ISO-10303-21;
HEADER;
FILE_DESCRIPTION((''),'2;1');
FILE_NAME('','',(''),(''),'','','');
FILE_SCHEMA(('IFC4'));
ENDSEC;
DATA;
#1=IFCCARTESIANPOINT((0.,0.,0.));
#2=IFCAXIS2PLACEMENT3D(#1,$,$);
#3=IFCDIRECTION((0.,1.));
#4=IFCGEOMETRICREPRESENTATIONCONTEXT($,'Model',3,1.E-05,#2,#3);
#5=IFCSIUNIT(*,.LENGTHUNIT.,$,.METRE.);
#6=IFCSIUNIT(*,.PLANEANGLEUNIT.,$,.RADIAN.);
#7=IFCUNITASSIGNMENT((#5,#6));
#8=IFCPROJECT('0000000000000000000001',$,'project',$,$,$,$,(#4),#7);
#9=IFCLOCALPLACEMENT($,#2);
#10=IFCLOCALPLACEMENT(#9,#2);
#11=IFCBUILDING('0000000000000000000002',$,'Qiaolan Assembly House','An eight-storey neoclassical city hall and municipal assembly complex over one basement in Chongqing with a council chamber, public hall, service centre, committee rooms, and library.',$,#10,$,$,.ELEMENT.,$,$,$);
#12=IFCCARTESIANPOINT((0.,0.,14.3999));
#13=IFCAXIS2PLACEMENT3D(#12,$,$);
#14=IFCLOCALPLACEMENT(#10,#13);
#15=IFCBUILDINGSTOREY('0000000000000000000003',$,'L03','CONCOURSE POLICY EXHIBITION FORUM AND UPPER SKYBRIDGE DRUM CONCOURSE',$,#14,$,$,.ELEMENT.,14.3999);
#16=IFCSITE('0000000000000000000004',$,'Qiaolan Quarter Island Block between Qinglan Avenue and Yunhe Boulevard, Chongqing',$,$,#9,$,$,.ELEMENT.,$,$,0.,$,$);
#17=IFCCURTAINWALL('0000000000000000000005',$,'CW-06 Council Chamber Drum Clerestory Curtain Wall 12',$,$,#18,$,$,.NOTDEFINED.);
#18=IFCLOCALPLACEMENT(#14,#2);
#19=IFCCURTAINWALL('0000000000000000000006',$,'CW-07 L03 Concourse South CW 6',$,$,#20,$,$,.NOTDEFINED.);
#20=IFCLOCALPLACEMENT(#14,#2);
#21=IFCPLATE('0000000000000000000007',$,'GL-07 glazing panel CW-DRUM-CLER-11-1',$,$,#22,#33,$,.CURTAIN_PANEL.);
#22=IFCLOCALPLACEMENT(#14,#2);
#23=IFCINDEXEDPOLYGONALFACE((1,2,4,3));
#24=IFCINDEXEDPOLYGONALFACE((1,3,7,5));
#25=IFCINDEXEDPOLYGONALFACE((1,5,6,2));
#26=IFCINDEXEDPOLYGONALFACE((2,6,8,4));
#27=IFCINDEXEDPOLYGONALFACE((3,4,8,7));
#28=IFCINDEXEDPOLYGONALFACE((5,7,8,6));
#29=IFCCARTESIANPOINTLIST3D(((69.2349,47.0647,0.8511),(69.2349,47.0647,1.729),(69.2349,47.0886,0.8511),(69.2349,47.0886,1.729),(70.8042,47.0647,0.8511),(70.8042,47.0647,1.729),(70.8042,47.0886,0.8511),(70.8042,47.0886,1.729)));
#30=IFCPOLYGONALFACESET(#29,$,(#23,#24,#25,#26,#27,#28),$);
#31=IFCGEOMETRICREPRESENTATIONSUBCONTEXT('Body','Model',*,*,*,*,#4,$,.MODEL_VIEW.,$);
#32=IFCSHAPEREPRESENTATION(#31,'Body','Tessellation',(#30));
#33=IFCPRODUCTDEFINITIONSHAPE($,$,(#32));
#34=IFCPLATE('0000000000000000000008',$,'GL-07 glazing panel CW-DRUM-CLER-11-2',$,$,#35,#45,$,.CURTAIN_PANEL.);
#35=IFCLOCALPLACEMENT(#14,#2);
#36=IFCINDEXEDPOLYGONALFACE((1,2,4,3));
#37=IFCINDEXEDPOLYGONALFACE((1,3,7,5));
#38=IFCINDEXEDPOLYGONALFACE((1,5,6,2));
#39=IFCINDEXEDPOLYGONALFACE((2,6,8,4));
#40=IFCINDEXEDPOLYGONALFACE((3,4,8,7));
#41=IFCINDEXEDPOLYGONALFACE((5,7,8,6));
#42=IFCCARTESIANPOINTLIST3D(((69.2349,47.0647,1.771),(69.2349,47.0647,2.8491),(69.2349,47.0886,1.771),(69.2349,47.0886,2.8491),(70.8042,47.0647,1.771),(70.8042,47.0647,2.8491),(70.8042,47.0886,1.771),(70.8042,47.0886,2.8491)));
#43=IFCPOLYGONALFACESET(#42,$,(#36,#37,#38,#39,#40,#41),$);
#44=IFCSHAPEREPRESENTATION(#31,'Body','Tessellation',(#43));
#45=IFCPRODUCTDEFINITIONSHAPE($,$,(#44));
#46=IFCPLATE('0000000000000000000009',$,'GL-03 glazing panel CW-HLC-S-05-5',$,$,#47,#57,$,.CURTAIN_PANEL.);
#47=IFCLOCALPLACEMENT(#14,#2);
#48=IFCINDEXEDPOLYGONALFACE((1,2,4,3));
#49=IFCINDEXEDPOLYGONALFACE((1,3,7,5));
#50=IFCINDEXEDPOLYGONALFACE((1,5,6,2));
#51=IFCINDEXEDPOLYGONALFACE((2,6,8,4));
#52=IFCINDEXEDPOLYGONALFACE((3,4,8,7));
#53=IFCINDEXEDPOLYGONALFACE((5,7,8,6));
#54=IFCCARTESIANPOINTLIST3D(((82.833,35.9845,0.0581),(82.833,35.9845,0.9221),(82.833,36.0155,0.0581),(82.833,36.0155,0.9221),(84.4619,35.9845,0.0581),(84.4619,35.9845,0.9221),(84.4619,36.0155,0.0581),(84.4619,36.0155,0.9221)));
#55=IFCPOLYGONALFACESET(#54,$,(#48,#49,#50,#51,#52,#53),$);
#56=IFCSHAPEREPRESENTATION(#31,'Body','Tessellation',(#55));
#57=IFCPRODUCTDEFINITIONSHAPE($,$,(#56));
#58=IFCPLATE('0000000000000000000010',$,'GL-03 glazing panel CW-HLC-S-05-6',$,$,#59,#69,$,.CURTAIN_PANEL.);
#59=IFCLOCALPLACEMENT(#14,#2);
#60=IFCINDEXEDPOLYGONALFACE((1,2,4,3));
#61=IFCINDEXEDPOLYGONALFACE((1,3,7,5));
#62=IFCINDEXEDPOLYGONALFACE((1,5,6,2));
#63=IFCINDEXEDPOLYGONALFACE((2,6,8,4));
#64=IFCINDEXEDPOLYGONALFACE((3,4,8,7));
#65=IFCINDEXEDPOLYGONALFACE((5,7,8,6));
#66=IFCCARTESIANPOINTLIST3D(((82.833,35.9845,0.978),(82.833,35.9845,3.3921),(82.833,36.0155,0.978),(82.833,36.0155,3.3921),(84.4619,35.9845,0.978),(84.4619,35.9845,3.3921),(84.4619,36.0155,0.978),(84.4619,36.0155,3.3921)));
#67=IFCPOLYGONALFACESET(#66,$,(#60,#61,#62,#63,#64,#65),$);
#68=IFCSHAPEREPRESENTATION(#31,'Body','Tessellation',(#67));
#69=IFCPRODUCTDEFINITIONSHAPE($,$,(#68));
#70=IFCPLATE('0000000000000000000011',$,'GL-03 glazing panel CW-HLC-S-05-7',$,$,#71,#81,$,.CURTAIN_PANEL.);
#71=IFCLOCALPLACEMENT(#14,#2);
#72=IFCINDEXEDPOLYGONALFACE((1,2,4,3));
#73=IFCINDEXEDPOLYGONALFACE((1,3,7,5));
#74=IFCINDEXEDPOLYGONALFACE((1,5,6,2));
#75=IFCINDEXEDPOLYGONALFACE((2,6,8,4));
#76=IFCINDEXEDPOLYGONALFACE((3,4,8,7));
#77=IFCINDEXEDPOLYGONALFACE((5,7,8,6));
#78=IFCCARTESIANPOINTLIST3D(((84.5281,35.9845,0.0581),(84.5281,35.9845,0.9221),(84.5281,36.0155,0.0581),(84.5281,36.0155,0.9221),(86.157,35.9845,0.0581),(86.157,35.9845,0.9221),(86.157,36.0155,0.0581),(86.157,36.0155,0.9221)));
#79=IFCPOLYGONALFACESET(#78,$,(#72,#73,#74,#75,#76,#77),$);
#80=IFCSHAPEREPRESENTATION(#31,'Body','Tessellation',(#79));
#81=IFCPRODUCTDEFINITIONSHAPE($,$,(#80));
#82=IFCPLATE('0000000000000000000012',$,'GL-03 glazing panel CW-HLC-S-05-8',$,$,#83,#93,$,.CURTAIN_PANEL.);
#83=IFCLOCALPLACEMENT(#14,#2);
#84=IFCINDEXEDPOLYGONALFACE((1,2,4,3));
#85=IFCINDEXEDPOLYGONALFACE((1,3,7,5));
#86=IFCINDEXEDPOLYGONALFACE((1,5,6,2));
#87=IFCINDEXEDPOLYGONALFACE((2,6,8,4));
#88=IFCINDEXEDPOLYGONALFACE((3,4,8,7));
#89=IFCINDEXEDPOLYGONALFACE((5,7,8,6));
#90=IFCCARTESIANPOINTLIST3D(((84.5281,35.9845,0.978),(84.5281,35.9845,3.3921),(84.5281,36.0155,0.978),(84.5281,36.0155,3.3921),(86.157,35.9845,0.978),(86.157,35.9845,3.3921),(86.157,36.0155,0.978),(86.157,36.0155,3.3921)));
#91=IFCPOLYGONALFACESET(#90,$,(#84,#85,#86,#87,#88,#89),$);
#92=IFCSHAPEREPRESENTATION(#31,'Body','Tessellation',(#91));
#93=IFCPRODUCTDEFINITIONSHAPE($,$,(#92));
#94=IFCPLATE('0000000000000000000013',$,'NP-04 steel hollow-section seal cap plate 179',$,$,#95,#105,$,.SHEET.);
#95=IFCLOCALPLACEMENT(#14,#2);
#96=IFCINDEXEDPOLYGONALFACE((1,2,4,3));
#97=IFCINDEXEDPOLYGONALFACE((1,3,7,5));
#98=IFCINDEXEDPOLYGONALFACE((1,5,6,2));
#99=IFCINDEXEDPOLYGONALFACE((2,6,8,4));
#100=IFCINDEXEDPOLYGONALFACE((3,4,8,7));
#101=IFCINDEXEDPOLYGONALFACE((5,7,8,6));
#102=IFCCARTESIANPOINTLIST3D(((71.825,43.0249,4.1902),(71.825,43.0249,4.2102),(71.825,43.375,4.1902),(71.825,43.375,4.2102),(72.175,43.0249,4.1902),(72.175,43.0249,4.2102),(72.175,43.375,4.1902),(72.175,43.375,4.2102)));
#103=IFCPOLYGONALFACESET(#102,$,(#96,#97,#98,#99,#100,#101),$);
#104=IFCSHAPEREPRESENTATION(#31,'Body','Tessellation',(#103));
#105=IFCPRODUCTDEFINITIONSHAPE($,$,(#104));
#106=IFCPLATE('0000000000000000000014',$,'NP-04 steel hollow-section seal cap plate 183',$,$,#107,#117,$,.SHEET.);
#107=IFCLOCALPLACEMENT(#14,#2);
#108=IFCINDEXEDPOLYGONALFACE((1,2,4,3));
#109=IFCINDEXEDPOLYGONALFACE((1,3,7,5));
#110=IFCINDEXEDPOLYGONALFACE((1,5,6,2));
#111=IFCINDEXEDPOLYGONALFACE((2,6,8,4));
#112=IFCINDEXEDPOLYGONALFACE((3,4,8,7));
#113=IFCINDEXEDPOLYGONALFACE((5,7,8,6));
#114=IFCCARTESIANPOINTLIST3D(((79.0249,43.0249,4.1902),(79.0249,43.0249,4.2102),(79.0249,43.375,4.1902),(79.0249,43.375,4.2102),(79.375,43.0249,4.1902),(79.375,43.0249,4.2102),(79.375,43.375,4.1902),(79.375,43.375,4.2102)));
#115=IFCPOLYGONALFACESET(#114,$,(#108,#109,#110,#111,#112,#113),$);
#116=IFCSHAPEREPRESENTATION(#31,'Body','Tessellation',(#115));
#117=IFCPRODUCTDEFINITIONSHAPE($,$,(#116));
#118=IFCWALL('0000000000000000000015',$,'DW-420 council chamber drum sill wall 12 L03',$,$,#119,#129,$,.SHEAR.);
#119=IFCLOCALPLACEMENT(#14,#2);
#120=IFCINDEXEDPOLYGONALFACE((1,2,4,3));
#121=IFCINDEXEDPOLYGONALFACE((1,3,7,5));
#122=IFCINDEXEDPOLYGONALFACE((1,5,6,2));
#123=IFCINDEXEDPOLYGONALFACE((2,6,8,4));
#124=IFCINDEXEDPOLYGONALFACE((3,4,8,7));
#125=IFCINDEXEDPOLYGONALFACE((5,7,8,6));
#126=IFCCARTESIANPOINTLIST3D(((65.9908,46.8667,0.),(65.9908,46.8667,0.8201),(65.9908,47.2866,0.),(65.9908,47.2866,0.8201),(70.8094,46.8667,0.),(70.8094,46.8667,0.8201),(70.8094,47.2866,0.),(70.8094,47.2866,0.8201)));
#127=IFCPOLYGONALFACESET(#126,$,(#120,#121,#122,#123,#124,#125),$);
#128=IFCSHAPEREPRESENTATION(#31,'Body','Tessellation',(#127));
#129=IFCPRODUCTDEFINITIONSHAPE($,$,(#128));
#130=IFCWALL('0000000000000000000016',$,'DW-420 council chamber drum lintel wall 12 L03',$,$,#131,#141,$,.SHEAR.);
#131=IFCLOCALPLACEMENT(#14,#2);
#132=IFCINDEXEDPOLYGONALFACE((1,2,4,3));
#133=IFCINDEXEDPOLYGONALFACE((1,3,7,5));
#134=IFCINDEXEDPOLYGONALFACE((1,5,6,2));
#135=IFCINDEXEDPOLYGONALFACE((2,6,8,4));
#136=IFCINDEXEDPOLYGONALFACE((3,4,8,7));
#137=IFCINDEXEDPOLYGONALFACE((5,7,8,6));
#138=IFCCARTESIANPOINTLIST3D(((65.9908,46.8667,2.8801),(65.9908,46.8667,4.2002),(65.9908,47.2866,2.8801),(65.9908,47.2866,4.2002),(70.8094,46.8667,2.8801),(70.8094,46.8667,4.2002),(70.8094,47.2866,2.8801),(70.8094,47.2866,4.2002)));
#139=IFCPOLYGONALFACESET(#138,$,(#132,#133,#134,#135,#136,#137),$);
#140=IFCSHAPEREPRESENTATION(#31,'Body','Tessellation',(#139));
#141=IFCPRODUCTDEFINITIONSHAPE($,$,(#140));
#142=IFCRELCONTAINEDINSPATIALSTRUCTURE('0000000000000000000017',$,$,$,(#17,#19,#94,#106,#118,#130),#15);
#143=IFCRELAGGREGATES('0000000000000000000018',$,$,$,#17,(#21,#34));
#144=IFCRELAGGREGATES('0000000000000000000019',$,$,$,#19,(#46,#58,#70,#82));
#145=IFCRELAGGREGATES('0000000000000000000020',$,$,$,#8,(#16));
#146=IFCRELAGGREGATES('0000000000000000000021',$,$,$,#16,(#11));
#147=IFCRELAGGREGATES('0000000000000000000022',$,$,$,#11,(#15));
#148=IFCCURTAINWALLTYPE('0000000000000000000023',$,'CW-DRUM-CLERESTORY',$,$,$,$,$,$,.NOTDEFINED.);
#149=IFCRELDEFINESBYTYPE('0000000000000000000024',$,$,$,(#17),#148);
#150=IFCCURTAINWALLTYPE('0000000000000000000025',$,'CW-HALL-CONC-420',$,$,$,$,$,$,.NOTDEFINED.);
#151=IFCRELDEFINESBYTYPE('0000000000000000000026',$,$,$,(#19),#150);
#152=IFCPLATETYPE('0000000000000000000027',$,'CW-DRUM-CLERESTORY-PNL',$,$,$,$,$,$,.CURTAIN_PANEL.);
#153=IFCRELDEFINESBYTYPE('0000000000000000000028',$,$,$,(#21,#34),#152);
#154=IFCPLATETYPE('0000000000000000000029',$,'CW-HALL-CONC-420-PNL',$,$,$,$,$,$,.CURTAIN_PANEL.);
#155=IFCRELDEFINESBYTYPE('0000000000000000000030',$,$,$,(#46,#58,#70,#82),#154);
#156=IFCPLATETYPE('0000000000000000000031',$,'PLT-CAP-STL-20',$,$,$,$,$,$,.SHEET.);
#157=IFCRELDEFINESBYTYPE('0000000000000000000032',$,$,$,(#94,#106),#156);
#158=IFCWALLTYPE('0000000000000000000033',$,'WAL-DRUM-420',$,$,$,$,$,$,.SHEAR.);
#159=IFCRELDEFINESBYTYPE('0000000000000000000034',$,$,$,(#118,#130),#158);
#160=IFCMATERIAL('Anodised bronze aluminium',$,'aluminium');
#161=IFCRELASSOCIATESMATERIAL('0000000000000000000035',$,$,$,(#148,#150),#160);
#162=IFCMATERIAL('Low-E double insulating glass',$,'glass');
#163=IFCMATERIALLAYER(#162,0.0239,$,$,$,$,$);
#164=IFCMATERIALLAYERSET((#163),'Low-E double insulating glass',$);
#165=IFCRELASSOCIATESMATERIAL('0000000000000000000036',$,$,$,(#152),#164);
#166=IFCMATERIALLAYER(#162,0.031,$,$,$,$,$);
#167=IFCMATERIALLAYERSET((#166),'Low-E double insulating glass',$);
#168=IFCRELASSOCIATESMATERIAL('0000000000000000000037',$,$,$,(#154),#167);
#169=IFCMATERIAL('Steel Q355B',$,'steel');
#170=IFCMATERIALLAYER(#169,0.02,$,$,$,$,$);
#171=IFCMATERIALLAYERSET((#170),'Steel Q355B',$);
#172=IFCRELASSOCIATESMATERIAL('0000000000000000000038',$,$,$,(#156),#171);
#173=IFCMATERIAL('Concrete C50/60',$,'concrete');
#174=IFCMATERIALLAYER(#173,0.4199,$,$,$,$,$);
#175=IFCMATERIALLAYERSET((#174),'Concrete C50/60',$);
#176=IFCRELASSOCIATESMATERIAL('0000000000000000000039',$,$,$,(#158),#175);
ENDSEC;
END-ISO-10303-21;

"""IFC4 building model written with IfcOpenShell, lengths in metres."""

from ifc_helpers import new_model, si_unit, direction, frame, frame_2d, origin, origin_2d, place, context, subcontext, project, spatial, rectangle, extrude, material, layer, layer_set, type_object, element, aggregate, save


model = new_model("IFC4")

# Units and contexts
model_context = context("Model", 3, precision=1e-05, world=origin(), true_north=direction((0.0, 1.0)))
body_context = subcontext(model_context, "Body", "Model", "MODEL_VIEW")
ifc_project = project(units=[si_unit("LENGTHUNIT", "METRE"), si_unit("PLANEANGLEUNIT", "RADIAN")], contexts=[model_context])

# Site, building, storey
site_placement = place(None, origin())
site = spatial("IfcSite", under=ifc_project, at=site_placement, Name="Qiaolan Quarter Island Block between Qinglan Avenue and Yunhe Boulevard, Chongqing", CompositionType="ELEMENT", RefElevation=0.0)
building_placement = place(site_placement, origin())
building = spatial("IfcBuilding", under=site, at=building_placement, Name="Qiaolan Assembly House", Description="An eight-storey neoclassical city hall and municipal assembly complex over one basement in Chongqing with a council chamber, public hall, service centre, committee rooms, and library.", CompositionType="ELEMENT")
storey_placement = place(building_placement, frame((0.0, 0.0, 14.3999)))
storey = spatial("IfcBuildingStorey", under=building, at=storey_placement, Name="L03", Description="CONCOURSE POLICY EXHIBITION FORUM AND UPPER SKYBRIDGE DRUM CONCOURSE", CompositionType="ELEMENT", Elevation=14.3999)

# Shared definitions
ifc_material_1 = material(Name="Steel Q355B", Category="steel")

# Curtain walls
ifc_material_2 = material(Name="Anodised bronze aluminium", Category="aluminium")
curtain_wall_type_1 = type_object("IfcCurtainWallType", Name="CW-DRUM-CLERESTORY", PredefinedType="NOTDEFINED", material=ifc_material_2)
curtain_wall_1_placement = place(storey_placement, origin())
curtain_wall_1 = element("IfcCurtainWall", 1, at=curtain_wall_1_placement, inside=storey, type_object=curtain_wall_type_1, Name="CW-06 Council Chamber Drum Clerestory Curtain Wall 12", PredefinedType="NOTDEFINED")
curtain_wall_type_2 = type_object("IfcCurtainWallType", Name="CW-HALL-CONC-420", PredefinedType="NOTDEFINED", material=ifc_material_2)
curtain_wall_2_placement = place(storey_placement, origin())
curtain_wall_2 = element("IfcCurtainWall", 2, at=curtain_wall_2_placement, inside=storey, type_object=curtain_wall_type_2, Name="CW-07 L03 Concourse South CW 6", PredefinedType="NOTDEFINED")

# Plates
ifc_material_3 = material(Name="Low-E double insulating glass", Category="glass")
ifc_layer_1 = layer(ifc_material_3, 0.0239)
ifc_layer_set_1 = layer_set([ifc_layer_1], Name="Low-E double insulating glass")
plate_type_1 = type_object("IfcPlateType", Name="CW-DRUM-CLERESTORY-PNL", PredefinedType="CURTAIN_PANEL", material=ifc_layer_set_1)
plate_1_placement = place(storey_placement, frame((70.8042, 47.0767, 0.8511), z_axis=(0.0, 0.0, 1.0), x_axis=(-1.0, 0.0, 0.0)))
plate_1 = element("IfcPlate", 3, at=plate_1_placement, type_object=plate_type_1, Name="GL-07 glazing panel CW-DRUM-CLER-11-1", PredefinedType="CURTAIN_PANEL", context=body_context, shape_type="SweptSolid", body=[
    extrude(rectangle(XDim=1.5693, YDim=0.0239, at=frame_2d((0.7847, 0.0))), origin(), (0.0, 0.0, 1.0), 0.8779),
])
plate_2_placement = place(storey_placement, frame((70.8042, 47.0767, 1.771), z_axis=(0.0, 0.0, 1.0), x_axis=(-1.0, 0.0, 0.0)))
plate_2 = element("IfcPlate", 4, at=plate_2_placement, type_object=plate_type_1, Name="GL-07 glazing panel CW-DRUM-CLER-11-2", PredefinedType="CURTAIN_PANEL", context=body_context, shape_type="SweptSolid", body=[
    extrude(rectangle(XDim=1.5693, YDim=0.0239, at=frame_2d((0.7847, 0.0))), origin(), (0.0, 0.0, 1.0), 1.0781),
])
aggregate(curtain_wall_1, [plate_1, plate_2])
ifc_layer_2 = layer(ifc_material_3, 0.031)
ifc_layer_set_2 = layer_set([ifc_layer_2], Name="Low-E double insulating glass")
plate_type_2 = type_object("IfcPlateType", Name="CW-HALL-CONC-420-PNL", PredefinedType="CURTAIN_PANEL", material=ifc_layer_set_2)
plate_3_placement = place(storey_placement, frame((82.833, 36.0, 0.0581), z_axis=(0.0, 0.0, 1.0), x_axis=(1.0, 0.0, 0.0)))
plate_3 = element("IfcPlate", 5, at=plate_3_placement, type_object=plate_type_2, Name="GL-03 glazing panel CW-HLC-S-05-5", PredefinedType="CURTAIN_PANEL", context=body_context, shape_type="SweptSolid", body=[
    extrude(rectangle(XDim=1.6289, YDim=0.031, at=frame_2d((0.8145, 0.0))), origin(), (0.0, 0.0, 1.0), 0.864),
])
plate_4_placement = place(storey_placement, frame((82.833, 36.0, 0.978), z_axis=(0.0, 0.0, 1.0), x_axis=(1.0, 0.0, 0.0)))
plate_4 = element("IfcPlate", 6, at=plate_4_placement, type_object=plate_type_2, Name="GL-03 glazing panel CW-HLC-S-05-6", PredefinedType="CURTAIN_PANEL", context=body_context, shape_type="SweptSolid", body=[
    extrude(rectangle(XDim=1.6289, YDim=0.031, at=frame_2d((0.8145, 0.0))), origin(), (0.0, 0.0, 1.0), 2.4141),
])
plate_5_placement = place(storey_placement, frame((84.5281, 36.0, 0.0581), z_axis=(0.0, 0.0, 1.0), x_axis=(1.0, 0.0, 0.0)))
plate_5 = element("IfcPlate", 7, at=plate_5_placement, type_object=plate_type_2, Name="GL-03 glazing panel CW-HLC-S-05-7", PredefinedType="CURTAIN_PANEL", context=body_context, shape_type="SweptSolid", body=[
    extrude(rectangle(XDim=1.6289, YDim=0.031, at=frame_2d((0.8145, 0.0))), origin(), (0.0, 0.0, 1.0), 0.864),
])
plate_6_placement = place(storey_placement, frame((84.5281, 36.0, 0.978), z_axis=(0.0, 0.0, 1.0), x_axis=(1.0, 0.0, 0.0)))
plate_6 = element("IfcPlate", 8, at=plate_6_placement, type_object=plate_type_2, Name="GL-03 glazing panel CW-HLC-S-05-8", PredefinedType="CURTAIN_PANEL", context=body_context, shape_type="SweptSolid", body=[
    extrude(rectangle(XDim=1.6289, YDim=0.031, at=frame_2d((0.8145, 0.0))), origin(), (0.0, 0.0, 1.0), 2.4141),
])
aggregate(curtain_wall_2, [plate_3, plate_4, plate_5, plate_6])

# Plates
ifc_layer_3 = layer(ifc_material_1, 0.02)
ifc_layer_set_3 = layer_set([ifc_layer_3], Name="Steel Q355B")
plate_type_3 = type_object("IfcPlateType", Name="PLT-CAP-STL-20", PredefinedType="SHEET", material=ifc_layer_set_3)
for number, where, z_axis, x_axis, name in (
    (9, (72.0, 43.2, 4.1902), (0.0, 0.0, 1.0), (1.0, 0.0, 0.0), "NP-04 steel hollow-section seal cap plate 179"),
    (10, (79.2, 43.2, 4.1902), (0.0, 0.0, 1.0), (1.0, 0.0, 0.0), "NP-04 steel hollow-section seal cap plate 183"),
):
    element("IfcPlate", number, at=place(storey_placement, frame(where, z_axis=z_axis, x_axis=x_axis)), inside=storey, type_object=plate_type_3, Name=name, PredefinedType="SHEET", context=body_context, shape_type="SweptSolid", body=[
        extrude(rectangle(XDim=0.3501, YDim=0.3501, at=origin_2d()), origin(), (0.0, 0.0, 1.0), 0.02),
    ])

# Walls
ifc_material_4 = material(Name="Concrete C50/60", Category="concrete")
ifc_layer_4 = layer(ifc_material_4, 0.4199)
ifc_layer_set_4 = layer_set([ifc_layer_4], Name="Concrete C50/60")
wall_type = type_object("IfcWallType", Name="WAL-DRUM-420", PredefinedType="SHEAR", material=ifc_layer_set_4)
wall_1_placement = place(storey_placement, frame((70.8093, 47.0767, 0.0), z_axis=(0.0, 0.0, 1.0), x_axis=(-1.0, 0.0, 0.0)))
element("IfcWall", 11, at=wall_1_placement, inside=storey, type_object=wall_type, Name="DW-420 council chamber drum sill wall 12 L03", PredefinedType="SHEAR", context=body_context, shape_type="SweptSolid", body=[
    extrude(rectangle(XDim=4.8186, YDim=0.4199, at=frame_2d((2.4092, 0.0))), origin(), (0.0, 0.0, 1.0), 0.8201),
])
wall_2_placement = place(storey_placement, frame((70.8093, 47.0767, 2.8801), z_axis=(0.0, 0.0, 1.0), x_axis=(-1.0, 0.0, 0.0)))
element("IfcWall", 12, at=wall_2_placement, inside=storey, type_object=wall_type, Name="DW-420 council chamber drum lintel wall 12 L03", PredefinedType="SHEAR", context=body_context, shape_type="SweptSolid", body=[
    extrude(rectangle(XDim=4.8186, YDim=0.4199, at=frame_2d((2.4092, 0.0))), origin(), (0.0, 0.0, 1.0), 1.3201),
])

save(model, "model.ifc")
